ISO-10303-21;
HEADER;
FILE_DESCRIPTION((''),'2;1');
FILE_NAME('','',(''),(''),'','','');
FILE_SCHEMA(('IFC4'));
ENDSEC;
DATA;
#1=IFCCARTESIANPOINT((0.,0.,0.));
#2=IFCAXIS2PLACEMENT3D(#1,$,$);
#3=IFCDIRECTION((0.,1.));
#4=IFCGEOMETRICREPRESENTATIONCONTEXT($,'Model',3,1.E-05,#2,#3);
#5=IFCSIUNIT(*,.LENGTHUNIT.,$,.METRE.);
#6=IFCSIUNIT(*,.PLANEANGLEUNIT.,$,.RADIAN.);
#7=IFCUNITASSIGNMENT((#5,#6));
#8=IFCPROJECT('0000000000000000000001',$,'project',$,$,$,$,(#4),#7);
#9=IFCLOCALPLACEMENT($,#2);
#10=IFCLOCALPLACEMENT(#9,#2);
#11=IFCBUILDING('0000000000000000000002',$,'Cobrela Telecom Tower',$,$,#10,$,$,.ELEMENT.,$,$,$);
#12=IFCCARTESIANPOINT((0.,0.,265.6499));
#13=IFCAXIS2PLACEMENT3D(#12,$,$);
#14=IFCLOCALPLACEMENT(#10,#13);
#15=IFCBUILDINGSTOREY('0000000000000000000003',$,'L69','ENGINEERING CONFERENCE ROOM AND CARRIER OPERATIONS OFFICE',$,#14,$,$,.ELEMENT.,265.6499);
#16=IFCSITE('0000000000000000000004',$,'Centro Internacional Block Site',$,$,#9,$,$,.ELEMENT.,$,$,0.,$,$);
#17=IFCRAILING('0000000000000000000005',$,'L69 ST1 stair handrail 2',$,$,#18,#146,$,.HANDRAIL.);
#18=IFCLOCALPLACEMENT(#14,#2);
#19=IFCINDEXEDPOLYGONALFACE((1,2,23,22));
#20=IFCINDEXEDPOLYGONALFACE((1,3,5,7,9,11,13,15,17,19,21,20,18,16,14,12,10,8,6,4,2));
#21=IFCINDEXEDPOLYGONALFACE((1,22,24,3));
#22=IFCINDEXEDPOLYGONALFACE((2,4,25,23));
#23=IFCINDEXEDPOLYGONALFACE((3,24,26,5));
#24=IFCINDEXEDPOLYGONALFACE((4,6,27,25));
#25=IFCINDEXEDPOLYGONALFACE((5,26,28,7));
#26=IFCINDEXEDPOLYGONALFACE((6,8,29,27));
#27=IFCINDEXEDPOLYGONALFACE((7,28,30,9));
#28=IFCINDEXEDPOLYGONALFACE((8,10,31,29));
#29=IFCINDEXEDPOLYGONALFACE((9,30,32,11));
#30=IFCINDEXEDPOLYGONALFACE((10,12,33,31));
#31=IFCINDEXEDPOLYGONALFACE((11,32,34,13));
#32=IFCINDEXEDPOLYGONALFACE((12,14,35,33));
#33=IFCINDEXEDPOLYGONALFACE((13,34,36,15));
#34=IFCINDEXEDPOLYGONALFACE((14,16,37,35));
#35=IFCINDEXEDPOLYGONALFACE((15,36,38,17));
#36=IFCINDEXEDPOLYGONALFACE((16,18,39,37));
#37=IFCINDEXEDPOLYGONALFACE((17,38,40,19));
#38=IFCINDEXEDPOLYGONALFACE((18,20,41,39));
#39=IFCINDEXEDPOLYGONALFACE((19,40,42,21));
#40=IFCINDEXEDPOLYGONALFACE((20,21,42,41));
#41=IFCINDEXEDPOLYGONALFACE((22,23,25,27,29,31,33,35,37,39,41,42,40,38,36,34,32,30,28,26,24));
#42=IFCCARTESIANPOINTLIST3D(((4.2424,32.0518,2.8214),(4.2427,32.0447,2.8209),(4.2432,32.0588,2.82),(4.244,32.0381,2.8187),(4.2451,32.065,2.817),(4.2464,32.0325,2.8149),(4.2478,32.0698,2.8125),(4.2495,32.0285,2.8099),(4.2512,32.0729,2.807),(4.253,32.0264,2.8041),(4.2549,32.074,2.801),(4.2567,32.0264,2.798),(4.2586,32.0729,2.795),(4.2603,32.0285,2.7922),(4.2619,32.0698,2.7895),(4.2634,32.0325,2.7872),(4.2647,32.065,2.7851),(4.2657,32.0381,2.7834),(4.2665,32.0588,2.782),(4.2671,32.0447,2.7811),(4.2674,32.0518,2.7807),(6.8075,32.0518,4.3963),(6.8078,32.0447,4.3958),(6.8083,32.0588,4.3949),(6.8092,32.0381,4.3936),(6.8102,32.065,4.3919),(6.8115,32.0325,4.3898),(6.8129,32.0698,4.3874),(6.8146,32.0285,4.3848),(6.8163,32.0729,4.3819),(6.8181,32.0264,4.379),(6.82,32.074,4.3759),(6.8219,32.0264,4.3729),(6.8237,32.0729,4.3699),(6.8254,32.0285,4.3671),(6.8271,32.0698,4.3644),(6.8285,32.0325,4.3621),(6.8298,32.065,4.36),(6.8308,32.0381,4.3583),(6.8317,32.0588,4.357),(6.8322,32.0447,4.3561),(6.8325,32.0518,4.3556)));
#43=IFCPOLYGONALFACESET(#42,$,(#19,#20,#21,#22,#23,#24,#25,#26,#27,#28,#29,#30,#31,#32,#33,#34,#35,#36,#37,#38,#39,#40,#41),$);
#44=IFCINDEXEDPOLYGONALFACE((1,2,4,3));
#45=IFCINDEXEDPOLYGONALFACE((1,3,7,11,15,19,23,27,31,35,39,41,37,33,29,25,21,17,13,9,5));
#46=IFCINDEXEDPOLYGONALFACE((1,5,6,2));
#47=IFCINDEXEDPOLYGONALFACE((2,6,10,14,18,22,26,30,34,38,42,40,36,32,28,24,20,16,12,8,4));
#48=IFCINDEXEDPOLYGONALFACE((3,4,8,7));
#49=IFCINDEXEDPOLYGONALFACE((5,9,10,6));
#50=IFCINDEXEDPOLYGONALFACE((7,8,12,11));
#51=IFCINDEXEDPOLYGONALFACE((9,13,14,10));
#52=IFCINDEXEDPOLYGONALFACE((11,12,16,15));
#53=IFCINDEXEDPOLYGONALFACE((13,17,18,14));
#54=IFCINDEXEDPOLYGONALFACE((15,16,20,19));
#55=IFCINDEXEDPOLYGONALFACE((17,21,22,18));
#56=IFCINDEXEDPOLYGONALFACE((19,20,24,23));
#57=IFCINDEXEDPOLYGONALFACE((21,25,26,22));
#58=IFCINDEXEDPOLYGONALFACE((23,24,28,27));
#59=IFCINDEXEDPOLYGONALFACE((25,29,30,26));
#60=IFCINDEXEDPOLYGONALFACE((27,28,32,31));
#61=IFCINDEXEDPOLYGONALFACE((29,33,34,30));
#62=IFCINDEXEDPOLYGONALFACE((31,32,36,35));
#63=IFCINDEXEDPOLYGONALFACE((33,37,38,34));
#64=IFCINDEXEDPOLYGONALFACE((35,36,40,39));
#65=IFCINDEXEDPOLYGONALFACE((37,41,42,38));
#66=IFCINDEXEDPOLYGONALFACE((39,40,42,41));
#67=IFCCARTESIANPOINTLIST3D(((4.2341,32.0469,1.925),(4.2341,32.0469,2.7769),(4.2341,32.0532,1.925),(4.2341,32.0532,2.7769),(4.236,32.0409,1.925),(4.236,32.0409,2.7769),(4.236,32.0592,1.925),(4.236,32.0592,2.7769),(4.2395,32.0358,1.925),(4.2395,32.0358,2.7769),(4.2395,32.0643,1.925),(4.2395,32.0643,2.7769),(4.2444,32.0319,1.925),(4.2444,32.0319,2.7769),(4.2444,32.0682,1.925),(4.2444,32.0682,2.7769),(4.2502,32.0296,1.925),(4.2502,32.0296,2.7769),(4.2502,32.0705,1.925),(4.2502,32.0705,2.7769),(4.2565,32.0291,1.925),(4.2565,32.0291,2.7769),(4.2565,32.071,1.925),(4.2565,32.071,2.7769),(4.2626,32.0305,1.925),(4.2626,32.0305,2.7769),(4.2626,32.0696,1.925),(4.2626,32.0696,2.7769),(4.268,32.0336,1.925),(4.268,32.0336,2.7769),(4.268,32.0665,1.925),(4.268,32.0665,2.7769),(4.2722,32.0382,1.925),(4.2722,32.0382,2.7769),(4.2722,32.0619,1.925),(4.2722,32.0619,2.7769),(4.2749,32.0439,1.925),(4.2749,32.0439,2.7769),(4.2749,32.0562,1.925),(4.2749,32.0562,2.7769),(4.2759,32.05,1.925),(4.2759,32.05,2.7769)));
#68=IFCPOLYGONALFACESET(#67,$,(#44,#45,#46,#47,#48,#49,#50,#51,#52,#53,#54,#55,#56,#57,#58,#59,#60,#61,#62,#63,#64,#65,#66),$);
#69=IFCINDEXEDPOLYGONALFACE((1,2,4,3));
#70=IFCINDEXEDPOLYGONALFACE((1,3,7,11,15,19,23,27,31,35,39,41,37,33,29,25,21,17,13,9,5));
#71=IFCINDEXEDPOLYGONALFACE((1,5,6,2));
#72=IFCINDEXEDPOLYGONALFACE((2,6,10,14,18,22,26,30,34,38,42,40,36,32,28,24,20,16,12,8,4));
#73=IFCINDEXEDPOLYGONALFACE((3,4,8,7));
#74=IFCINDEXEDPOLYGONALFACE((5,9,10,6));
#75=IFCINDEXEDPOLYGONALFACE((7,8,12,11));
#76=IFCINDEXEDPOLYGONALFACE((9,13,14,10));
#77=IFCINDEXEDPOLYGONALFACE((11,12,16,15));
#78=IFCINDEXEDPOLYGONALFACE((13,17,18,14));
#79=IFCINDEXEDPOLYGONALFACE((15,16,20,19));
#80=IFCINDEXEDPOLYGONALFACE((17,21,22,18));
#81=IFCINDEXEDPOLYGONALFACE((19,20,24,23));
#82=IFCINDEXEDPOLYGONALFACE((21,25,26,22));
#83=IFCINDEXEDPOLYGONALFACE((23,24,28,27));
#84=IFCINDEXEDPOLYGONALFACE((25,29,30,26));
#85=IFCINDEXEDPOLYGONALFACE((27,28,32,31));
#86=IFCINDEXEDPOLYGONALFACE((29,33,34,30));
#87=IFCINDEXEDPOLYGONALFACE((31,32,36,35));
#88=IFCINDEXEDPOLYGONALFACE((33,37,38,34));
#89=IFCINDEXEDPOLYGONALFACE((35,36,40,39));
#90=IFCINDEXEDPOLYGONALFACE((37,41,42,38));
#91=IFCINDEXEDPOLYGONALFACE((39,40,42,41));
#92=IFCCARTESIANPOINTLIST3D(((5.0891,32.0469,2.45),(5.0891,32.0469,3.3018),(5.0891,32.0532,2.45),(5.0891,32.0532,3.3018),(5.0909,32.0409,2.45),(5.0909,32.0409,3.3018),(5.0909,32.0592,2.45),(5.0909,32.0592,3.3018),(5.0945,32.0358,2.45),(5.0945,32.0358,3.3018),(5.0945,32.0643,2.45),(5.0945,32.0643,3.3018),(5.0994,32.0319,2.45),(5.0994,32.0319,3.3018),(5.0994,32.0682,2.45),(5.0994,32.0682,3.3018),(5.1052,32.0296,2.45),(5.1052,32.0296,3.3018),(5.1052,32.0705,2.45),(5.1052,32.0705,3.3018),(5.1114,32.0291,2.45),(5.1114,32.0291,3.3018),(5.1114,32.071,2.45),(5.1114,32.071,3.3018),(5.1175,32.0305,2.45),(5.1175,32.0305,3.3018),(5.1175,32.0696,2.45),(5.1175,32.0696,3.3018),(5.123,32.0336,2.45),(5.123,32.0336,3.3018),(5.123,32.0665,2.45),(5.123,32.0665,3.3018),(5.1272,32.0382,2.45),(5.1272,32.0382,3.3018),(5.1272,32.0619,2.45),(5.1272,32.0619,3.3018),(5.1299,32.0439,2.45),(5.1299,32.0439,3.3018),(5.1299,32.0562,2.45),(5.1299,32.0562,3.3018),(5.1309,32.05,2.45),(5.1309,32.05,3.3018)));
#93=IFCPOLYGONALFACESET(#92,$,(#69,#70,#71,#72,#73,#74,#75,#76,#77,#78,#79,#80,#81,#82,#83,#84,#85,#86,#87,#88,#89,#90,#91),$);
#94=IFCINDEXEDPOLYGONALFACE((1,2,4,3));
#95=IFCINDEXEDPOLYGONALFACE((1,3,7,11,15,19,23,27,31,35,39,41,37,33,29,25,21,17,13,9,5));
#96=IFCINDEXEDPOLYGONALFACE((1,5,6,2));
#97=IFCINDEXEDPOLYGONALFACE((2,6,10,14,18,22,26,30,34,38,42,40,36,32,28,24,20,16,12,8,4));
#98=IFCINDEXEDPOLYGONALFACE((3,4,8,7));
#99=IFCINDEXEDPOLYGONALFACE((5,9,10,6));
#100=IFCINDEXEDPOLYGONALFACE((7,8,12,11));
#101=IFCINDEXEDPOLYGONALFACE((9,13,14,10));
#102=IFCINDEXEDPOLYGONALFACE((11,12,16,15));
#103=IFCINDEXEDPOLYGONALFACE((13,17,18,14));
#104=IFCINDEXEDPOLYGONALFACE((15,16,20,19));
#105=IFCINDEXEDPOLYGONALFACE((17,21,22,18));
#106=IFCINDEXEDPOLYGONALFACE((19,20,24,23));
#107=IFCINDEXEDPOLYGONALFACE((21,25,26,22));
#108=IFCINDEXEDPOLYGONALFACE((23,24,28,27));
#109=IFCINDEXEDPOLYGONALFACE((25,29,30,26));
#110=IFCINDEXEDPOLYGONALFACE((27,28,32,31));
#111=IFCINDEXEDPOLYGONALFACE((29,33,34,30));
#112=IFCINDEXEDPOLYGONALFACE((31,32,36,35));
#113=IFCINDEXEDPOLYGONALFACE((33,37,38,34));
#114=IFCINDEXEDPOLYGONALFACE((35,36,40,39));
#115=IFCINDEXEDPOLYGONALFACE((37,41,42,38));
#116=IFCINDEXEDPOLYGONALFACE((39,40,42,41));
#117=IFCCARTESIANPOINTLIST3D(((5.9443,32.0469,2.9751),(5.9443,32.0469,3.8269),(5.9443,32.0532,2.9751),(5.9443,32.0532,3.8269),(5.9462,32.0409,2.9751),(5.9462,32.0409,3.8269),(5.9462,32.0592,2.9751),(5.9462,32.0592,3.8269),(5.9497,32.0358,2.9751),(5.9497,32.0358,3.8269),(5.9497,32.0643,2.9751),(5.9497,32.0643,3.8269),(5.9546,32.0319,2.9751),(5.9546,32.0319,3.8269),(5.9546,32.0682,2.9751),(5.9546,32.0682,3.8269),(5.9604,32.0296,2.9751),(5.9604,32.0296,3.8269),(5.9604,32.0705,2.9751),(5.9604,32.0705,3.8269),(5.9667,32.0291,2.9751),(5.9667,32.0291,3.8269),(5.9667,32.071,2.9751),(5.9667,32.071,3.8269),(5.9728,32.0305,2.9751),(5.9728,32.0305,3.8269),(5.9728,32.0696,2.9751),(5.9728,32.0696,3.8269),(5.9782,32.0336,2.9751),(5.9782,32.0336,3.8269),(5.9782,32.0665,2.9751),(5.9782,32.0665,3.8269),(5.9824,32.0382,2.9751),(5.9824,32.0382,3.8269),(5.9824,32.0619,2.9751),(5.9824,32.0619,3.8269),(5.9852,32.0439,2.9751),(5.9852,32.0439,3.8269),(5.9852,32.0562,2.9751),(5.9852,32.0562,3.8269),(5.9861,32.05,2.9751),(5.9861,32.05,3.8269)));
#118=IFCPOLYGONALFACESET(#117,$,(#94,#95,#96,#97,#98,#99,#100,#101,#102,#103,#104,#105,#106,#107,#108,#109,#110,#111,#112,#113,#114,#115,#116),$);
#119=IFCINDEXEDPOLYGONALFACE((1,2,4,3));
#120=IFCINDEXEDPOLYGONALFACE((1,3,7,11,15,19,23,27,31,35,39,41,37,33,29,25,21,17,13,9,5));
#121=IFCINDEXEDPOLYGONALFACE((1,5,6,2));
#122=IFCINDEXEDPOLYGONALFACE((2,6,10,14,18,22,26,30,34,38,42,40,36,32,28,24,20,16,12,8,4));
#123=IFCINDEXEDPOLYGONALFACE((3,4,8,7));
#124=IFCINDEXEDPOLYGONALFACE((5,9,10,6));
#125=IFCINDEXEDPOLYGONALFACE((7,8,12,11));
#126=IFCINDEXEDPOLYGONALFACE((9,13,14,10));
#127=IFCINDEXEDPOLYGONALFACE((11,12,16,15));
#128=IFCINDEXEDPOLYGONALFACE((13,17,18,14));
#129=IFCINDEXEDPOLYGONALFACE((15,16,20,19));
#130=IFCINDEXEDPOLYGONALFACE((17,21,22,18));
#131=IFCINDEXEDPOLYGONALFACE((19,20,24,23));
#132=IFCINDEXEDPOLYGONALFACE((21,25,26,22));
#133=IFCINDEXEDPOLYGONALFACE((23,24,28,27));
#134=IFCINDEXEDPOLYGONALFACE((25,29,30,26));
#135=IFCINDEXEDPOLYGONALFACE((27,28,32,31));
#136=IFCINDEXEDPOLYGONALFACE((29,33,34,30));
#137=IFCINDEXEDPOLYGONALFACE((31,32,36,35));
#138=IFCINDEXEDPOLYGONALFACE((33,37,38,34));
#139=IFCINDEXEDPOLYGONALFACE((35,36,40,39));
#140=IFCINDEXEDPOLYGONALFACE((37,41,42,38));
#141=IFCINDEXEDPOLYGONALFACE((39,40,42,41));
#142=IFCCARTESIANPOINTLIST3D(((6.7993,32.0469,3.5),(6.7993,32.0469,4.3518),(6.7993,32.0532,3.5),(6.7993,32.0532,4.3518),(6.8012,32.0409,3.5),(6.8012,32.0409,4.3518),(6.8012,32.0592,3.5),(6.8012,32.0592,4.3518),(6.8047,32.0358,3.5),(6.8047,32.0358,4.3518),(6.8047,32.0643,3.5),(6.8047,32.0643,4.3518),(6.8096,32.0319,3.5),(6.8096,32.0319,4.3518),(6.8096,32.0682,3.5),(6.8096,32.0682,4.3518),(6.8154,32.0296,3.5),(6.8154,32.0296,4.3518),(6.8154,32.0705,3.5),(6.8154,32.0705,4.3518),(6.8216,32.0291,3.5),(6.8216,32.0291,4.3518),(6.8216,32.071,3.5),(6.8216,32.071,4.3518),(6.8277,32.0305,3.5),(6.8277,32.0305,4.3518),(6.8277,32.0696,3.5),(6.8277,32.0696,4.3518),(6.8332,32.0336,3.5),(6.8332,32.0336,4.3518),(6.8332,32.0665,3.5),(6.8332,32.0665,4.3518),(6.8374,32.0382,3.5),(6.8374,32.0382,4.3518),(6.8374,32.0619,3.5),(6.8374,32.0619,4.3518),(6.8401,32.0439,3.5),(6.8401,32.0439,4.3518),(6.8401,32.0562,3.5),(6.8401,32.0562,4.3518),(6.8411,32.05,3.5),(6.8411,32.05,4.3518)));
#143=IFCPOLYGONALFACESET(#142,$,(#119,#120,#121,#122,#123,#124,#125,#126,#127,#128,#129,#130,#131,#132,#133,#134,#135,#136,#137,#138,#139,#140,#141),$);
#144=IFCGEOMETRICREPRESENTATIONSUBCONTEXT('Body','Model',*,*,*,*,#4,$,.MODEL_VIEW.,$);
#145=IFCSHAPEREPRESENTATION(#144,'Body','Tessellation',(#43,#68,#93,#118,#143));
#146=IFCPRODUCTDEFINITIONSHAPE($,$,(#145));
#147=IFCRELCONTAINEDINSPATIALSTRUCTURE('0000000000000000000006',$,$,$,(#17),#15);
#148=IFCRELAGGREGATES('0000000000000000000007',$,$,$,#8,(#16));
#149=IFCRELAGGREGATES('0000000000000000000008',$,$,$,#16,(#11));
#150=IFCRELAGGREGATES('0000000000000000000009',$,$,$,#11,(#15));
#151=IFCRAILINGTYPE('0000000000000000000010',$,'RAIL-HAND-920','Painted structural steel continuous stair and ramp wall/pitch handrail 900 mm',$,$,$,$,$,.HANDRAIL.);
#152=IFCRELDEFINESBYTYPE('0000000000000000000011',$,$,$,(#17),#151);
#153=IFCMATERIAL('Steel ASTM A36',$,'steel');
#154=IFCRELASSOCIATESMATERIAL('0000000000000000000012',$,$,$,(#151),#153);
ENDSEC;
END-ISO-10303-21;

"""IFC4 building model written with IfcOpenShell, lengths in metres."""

from ifc_helpers import new_model, si_unit, direction, frame, origin, origin_2d, place, context, subcontext, project, spatial, circle, extrude, material, type_object, element, save


model = new_model("IFC4")

# Units and contexts
model_context = context("Model", 3, precision=1e-05, world=origin(), true_north=direction((0.0, 1.0)))
body_context = subcontext(model_context, "Body", "Model", "MODEL_VIEW")
ifc_project = project(units=[si_unit("LENGTHUNIT", "METRE"), si_unit("PLANEANGLEUNIT", "RADIAN")], contexts=[model_context])

# Site, building, storey
site_placement = place(None, origin())
site = spatial("IfcSite", under=ifc_project, at=site_placement, Name="Centro Internacional Block Site", CompositionType="ELEMENT", RefElevation=0.0)
building_placement = place(site_placement, origin())
building = spatial("IfcBuilding", under=site, at=building_placement, Name="Cobrela Telecom Tower", CompositionType="ELEMENT")
storey_placement = place(building_placement, frame((0.0, 0.0, 265.6499)))
storey = spatial("IfcBuildingStorey", under=building, at=storey_placement, Name="L69", Description="ENGINEERING CONFERENCE ROOM AND CARRIER OPERATIONS OFFICE", CompositionType="ELEMENT", Elevation=265.6499)

# Shared definitions
ifc_material_1 = material(Name="Steel ASTM A36", Category="steel")

# Railing
railing_type_1 = type_object("IfcRailingType", Name="RAIL-HAND-920", Description="Painted structural steel continuous stair and ramp wall/pitch handrail 900 mm", PredefinedType="HANDRAIL", material=ifc_material_1)
railing_1_placement = place(storey_placement, frame((4.2549, 32.05, 1.925)))
element("IfcRailing", 1, at=railing_1_placement, inside=storey, type_object=railing_type_1, Name="L69 ST1 stair handrail 2", PredefinedType="HANDRAIL", context=body_context, shape_type="SweptSolid", body=[
    extrude(circle(Radius=0.0239, at=origin_2d()), frame((0.0, 0.0, 0.876), z_axis=(0.852195, 0.0, 0.523224), x_axis=(0.0, 1.0, 0.0)), (0.0, 0.0, 1.0), 3.01),
    extrude(circle(Radius=0.021, at=origin_2d()), origin(), (0.0, 0.0, 1.0), 0.8518),
    extrude(circle(Radius=0.021, at=origin_2d()), frame((0.855, 0.0, 0.5249)), (0.0, 0.0, 1.0), 0.8518),
    extrude(circle(Radius=0.021, at=origin_2d()), frame((1.7102, 0.0, 1.05)), (0.0, 0.0, 1.0), 0.8518),
    extrude(circle(Radius=0.021, at=origin_2d()), frame((2.5652, 0.0, 1.575)), (0.0, 0.0, 1.0), 0.8518),
])

save(model, "model.ifc")
